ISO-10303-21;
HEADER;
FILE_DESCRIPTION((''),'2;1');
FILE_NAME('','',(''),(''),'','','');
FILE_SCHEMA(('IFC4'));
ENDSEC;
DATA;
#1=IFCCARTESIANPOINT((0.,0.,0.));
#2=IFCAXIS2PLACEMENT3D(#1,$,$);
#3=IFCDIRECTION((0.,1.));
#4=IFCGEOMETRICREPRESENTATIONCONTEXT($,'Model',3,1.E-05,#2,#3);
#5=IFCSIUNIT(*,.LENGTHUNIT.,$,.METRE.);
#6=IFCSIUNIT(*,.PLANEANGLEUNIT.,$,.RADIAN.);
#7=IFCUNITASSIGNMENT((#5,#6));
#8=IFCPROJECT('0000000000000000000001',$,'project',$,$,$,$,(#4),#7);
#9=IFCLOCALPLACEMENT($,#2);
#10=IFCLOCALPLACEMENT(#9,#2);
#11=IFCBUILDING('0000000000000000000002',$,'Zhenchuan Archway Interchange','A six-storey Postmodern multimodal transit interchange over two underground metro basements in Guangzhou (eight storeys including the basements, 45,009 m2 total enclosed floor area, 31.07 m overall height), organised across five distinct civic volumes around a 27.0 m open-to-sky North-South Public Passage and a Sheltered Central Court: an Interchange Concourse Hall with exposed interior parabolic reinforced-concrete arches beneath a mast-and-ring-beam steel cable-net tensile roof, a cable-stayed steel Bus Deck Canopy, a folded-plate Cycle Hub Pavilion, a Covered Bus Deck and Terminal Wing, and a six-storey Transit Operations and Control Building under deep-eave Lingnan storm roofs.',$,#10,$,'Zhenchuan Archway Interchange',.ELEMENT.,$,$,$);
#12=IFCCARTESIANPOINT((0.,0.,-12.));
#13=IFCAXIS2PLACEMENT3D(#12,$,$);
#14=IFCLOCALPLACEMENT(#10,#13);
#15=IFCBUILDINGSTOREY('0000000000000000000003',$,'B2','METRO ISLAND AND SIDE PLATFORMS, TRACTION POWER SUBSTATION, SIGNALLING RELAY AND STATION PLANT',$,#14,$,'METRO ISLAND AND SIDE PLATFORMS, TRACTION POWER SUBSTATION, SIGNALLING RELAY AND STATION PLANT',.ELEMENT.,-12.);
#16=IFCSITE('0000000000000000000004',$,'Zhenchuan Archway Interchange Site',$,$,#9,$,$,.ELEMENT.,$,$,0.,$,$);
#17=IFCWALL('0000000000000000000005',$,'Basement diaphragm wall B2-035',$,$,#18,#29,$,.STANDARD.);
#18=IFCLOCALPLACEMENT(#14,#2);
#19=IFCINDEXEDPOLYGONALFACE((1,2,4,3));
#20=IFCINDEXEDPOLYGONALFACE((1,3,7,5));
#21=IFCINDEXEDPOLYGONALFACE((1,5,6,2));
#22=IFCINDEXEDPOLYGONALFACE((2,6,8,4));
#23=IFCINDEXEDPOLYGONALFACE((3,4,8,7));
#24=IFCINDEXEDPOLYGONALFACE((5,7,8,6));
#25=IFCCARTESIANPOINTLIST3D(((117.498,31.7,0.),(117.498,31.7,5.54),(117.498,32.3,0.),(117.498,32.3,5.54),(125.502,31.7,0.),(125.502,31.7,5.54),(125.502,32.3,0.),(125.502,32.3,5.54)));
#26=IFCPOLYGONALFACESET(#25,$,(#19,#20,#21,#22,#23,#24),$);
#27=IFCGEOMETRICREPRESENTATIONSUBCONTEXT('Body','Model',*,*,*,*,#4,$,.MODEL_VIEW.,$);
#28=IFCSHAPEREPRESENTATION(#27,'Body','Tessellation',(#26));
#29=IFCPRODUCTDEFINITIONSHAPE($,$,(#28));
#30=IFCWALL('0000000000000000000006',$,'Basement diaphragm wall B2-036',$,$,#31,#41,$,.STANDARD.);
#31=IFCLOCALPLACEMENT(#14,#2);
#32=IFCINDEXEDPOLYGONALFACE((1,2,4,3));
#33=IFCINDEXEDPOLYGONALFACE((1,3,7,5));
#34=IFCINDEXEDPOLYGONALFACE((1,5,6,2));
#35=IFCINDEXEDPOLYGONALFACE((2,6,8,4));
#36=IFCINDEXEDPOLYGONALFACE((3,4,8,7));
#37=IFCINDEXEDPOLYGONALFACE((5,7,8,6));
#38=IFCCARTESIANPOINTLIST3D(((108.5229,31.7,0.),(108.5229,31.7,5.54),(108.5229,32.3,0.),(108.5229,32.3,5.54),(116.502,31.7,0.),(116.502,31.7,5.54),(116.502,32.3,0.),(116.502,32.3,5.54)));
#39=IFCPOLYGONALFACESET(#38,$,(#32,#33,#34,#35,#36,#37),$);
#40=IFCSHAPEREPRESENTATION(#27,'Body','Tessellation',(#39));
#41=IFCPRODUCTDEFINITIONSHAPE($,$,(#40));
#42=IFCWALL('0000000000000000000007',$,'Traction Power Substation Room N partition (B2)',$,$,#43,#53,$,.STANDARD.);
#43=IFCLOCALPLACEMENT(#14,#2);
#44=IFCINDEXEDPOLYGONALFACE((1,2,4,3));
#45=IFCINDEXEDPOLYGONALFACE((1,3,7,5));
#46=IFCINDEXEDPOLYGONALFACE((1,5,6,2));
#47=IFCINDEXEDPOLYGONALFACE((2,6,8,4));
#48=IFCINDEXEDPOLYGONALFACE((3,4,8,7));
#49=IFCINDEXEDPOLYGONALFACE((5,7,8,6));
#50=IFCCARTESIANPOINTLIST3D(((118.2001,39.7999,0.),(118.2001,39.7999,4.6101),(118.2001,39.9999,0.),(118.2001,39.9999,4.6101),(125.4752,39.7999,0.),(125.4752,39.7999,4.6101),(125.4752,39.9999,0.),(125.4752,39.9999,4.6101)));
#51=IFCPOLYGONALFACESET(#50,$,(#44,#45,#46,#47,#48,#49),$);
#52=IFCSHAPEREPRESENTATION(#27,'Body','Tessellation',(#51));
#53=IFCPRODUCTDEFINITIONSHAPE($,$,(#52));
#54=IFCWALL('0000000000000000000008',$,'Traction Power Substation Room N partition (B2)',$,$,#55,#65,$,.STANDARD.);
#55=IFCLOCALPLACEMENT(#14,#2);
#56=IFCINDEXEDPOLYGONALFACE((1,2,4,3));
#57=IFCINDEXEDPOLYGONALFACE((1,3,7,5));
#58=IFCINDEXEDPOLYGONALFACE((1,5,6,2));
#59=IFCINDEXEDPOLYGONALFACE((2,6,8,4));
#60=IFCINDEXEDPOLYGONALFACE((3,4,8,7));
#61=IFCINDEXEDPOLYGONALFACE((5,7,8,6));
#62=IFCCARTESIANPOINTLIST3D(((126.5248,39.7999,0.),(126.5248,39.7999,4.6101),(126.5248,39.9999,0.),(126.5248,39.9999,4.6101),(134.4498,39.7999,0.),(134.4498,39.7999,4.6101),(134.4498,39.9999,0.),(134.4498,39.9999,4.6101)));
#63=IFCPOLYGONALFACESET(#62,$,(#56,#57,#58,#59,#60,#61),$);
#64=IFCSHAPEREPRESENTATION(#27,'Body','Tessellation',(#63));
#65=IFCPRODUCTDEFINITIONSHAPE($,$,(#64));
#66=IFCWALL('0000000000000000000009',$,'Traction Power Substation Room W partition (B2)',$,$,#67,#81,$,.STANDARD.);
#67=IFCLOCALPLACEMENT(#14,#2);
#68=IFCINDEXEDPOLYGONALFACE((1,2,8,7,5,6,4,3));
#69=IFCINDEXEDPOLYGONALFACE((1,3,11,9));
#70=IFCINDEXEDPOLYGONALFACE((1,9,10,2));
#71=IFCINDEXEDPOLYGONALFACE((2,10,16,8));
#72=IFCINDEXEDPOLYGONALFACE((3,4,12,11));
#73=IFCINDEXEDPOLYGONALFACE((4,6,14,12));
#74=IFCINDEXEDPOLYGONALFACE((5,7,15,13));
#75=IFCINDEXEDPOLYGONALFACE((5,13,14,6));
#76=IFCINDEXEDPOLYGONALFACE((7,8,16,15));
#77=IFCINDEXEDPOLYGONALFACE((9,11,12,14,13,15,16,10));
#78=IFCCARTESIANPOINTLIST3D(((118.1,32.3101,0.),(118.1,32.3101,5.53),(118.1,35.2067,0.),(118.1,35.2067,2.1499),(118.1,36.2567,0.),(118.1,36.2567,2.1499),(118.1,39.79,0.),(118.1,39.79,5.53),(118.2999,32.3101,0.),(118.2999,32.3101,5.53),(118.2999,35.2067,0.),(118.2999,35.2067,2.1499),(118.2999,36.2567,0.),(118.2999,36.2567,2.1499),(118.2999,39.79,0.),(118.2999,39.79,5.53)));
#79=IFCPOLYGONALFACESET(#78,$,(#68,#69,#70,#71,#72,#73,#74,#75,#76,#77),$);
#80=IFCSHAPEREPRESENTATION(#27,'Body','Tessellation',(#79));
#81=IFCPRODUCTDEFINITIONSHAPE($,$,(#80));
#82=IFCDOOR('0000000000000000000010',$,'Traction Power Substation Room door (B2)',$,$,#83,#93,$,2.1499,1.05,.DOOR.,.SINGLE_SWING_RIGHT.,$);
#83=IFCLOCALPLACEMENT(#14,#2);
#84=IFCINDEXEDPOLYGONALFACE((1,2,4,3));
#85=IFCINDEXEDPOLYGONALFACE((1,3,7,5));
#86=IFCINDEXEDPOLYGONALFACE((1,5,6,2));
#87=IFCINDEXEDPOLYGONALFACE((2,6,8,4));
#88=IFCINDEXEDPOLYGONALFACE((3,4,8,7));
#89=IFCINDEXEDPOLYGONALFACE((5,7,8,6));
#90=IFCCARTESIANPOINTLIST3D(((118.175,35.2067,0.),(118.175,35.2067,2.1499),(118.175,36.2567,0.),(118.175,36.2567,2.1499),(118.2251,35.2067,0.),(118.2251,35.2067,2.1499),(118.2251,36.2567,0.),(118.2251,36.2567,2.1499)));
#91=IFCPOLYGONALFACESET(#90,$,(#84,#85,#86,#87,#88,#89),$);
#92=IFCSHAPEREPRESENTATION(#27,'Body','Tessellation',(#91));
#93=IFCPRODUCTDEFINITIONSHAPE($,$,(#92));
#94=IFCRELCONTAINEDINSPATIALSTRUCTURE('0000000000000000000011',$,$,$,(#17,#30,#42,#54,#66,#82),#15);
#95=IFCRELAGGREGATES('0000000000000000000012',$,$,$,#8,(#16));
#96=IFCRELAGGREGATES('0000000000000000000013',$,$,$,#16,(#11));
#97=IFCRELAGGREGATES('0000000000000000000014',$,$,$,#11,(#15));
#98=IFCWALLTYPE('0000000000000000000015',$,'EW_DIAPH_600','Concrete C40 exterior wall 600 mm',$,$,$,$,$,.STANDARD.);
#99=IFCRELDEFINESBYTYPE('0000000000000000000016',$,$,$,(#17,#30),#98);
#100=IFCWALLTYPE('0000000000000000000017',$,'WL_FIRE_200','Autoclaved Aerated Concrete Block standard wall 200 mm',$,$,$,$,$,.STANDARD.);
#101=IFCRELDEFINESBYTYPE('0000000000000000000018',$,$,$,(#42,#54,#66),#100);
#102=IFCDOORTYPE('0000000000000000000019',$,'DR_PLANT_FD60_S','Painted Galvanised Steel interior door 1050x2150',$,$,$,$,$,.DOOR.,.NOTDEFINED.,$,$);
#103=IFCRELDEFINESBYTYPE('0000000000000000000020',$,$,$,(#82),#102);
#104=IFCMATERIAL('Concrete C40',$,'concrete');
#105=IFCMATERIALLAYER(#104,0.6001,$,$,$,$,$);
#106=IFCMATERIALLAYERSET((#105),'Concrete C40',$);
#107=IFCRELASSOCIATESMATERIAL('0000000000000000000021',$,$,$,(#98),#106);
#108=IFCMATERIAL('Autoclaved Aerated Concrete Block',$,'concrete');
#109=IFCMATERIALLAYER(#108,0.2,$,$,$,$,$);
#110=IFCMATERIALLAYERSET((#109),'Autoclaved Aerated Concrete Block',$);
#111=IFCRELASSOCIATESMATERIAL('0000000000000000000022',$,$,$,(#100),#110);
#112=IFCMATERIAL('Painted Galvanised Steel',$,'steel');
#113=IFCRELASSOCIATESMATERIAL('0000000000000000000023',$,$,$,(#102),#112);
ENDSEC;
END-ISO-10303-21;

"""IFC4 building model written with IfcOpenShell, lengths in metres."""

from ifc_helpers import new_model, si_unit, direction, frame, frame_2d, origin, place, context, subcontext, project, spatial, rectangle, extrude, material, layer, layer_set, type_object, element, fill, save


model = new_model("IFC4")

# Units and contexts
model_context = context("Model", 3, precision=1e-05, world=origin(), true_north=direction((0.0, 1.0)))
body_context = subcontext(model_context, "Body", "Model", "MODEL_VIEW")
ifc_project = project(units=[si_unit("LENGTHUNIT", "METRE"), si_unit("PLANEANGLEUNIT", "RADIAN")], contexts=[model_context])

# Site, building, storey
site_placement = place(None, origin())
site = spatial("IfcSite", under=ifc_project, at=site_placement, Name="Zhenchuan Archway Interchange Site", CompositionType="ELEMENT", RefElevation=0.0)
building_placement = place(site_placement, origin())
building = spatial("IfcBuilding", under=site, at=building_placement, Name="Zhenchuan Archway Interchange", Description="A six-storey Postmodern multimodal transit interchange over two underground metro basements in Guangzhou (eight storeys including the basements, 45,009 m2 total enclosed floor area, 31.07 m overall height), organised across five distinct civic volumes around a 27.0 m open-to-sky North-South Public Passage and a Sheltered Central Court: an Interchange Concourse Hall with exposed interior parabolic reinforced-concrete arches beneath a mast-and-ring-beam steel cable-net tensile roof, a cable-stayed steel Bus Deck Canopy, a folded-plate Cycle Hub Pavilion, a Covered Bus Deck and Terminal Wing, and a six-storey Transit Operations and Control Building under deep-eave Lingnan storm roofs.", LongName="Zhenchuan Archway Interchange", CompositionType="ELEMENT")
storey_placement = place(building_placement, frame((0.0, 0.0, -12.0)))
storey = spatial("IfcBuildingStorey", under=building, at=storey_placement, Name="B2", Description="METRO ISLAND AND SIDE PLATFORMS, TRACTION POWER SUBSTATION, SIGNALLING RELAY AND STATION PLANT", LongName="METRO ISLAND AND SIDE PLATFORMS, TRACTION POWER SUBSTATION, SIGNALLING RELAY AND STATION PLANT", CompositionType="ELEMENT", Elevation=-12.0)

# Shared definitions
ifc_material_1 = material(Name="Concrete C40", Category="concrete")

# Walls
ifc_layer_1 = layer(ifc_material_1, 0.6001)
ifc_layer_set_1 = layer_set([ifc_layer_1], Name="Concrete C40")
wall_type_1 = type_object("IfcWallType", Name="EW_DIAPH_600", Description="Concrete C40 exterior wall 600 mm", PredefinedType="STANDARD", material=ifc_layer_set_1)
wall_1_placement = place(storey_placement, frame((125.502, 32.0, 0.0), z_axis=(0.0, 0.0, 1.0), x_axis=(-1.0, 0.0, 0.0)))
element("IfcWall", 1, at=wall_1_placement, inside=storey, type_object=wall_type_1, Name="Basement diaphragm wall B2-035", PredefinedType="STANDARD", context=body_context, shape_type="SweptSolid", body=[
    extrude(rectangle(XDim=8.0039, YDim=0.6001, at=frame_2d((4.002, 0.0))), origin(), (0.0, 0.0, 1.0), 5.54),
])
wall_2_placement = place(storey_placement, frame((116.502, 32.0, 0.0), z_axis=(0.0, 0.0, 1.0), x_axis=(-1.0, 0.0, 0.0)))
element("IfcWall", 2, at=wall_2_placement, inside=storey, type_object=wall_type_1, Name="Basement diaphragm wall B2-036", PredefinedType="STANDARD", context=body_context, shape_type="SweptSolid", body=[
    extrude(rectangle(XDim=7.979, YDim=0.6001, at=frame_2d((3.9895, 0.0))), origin(), (0.0, 0.0, 1.0), 5.54),
])
ifc_material_2 = material(Name="Autoclaved Aerated Concrete Block", Category="concrete")
ifc_layer_2 = layer(ifc_material_2, 0.2)
ifc_layer_set_2 = layer_set([ifc_layer_2], Name="Autoclaved Aerated Concrete Block")
wall_type_2 = type_object("IfcWallType", Name="WL_FIRE_200", Description="Autoclaved Aerated Concrete Block standard wall 200 mm", PredefinedType="STANDARD", material=ifc_layer_set_2)
wall_3_placement = place(storey_placement, frame((118.2, 39.8999, 0.0), z_axis=(0.0, 0.0, 1.0), x_axis=(1.0, 0.0, 0.0)))
element("IfcWall", 3, at=wall_3_placement, inside=storey, type_object=wall_type_2, Name="Traction Power Substation Room N partition (B2)", PredefinedType="STANDARD", context=body_context, shape_type="SweptSolid", body=[
    extrude(rectangle(XDim=7.2751, YDim=0.2, at=frame_2d((3.6377, 0.0))), origin(), (0.0, 0.0, 1.0), 4.6101),
])
wall_4_placement = place(storey_placement, frame((126.5249, 39.8999, 0.0), z_axis=(0.0, 0.0, 1.0), x_axis=(1.0, 0.0, 0.0)))
element("IfcWall", 4, at=wall_4_placement, inside=storey, type_object=wall_type_2, Name="Traction Power Substation Room N partition (B2)", PredefinedType="STANDARD", context=body_context, shape_type="SweptSolid", body=[
    extrude(rectangle(XDim=7.925, YDim=0.2, at=frame_2d((3.9624, 0.0))), origin(), (0.0, 0.0, 1.0), 4.6101),
])

# Wall, opening, door
wall_5_placement = place(storey_placement, frame((118.2, 32.3101, 0.0), z_axis=(0.0, 0.0, 1.0), x_axis=(0.0, 1.0, 0.0)))
wall_5 = element("IfcWall", 5, at=wall_5_placement, inside=storey, type_object=wall_type_2, Name="Traction Power Substation Room W partition (B2)", PredefinedType="STANDARD", context=body_context, shape_type="SweptSolid", body=[
    extrude(rectangle(XDim=7.48, YDim=0.2, at=frame_2d((3.74, 0.0))), origin(), (0.0, 0.0, 1.0), 5.53),
])
opening_placement = place(wall_5_placement, frame((2.8967, 0.0, 0.0)))
opening = element("IfcOpeningElement", 6, at=opening_placement, cuts=wall_5, PredefinedType="OPENING", context=body_context, shape_type="SweptSolid", body=[
    extrude(rectangle(XDim=1.05, YDim=2.1499, at=frame_2d((0.5249, 1.075))), frame((0.0, 0.1118, 0.0), z_axis=(0.0, -1.0, 0.0), x_axis=(1.0, 0.0, 0.0)), (0.0, 0.0, 1.0), 0.2239),
])
ifc_material_3 = material(Name="Painted Galvanised Steel", Category="steel")
door_type = type_object("IfcDoorType", Name="DR_PLANT_FD60_S", Description="Painted Galvanised Steel interior door 1050x2150", OperationType="NOTDEFINED", PredefinedType="DOOR", material=ifc_material_3)
door_placement = place(opening_placement, origin())
door = element("IfcDoor", 7, at=door_placement, inside=storey, type_object=door_type, Name="Traction Power Substation Room door (B2)", OperationType="SINGLE_SWING_RIGHT", OverallHeight=2.1499, OverallWidth=1.05, PredefinedType="DOOR", context=body_context, shape_type="SweptSolid", body=[
    extrude(rectangle(XDim=1.05, YDim=2.1499, at=frame_2d((0.5249, 1.075))), frame((0.0, 0.0249, 0.0), z_axis=(0.0, -1.0, 0.0), x_axis=(1.0, 0.0, 0.0)), (0.0, 0.0, 1.0), 0.05),
])
fill(opening, door)

save(model, "model.ifc")
